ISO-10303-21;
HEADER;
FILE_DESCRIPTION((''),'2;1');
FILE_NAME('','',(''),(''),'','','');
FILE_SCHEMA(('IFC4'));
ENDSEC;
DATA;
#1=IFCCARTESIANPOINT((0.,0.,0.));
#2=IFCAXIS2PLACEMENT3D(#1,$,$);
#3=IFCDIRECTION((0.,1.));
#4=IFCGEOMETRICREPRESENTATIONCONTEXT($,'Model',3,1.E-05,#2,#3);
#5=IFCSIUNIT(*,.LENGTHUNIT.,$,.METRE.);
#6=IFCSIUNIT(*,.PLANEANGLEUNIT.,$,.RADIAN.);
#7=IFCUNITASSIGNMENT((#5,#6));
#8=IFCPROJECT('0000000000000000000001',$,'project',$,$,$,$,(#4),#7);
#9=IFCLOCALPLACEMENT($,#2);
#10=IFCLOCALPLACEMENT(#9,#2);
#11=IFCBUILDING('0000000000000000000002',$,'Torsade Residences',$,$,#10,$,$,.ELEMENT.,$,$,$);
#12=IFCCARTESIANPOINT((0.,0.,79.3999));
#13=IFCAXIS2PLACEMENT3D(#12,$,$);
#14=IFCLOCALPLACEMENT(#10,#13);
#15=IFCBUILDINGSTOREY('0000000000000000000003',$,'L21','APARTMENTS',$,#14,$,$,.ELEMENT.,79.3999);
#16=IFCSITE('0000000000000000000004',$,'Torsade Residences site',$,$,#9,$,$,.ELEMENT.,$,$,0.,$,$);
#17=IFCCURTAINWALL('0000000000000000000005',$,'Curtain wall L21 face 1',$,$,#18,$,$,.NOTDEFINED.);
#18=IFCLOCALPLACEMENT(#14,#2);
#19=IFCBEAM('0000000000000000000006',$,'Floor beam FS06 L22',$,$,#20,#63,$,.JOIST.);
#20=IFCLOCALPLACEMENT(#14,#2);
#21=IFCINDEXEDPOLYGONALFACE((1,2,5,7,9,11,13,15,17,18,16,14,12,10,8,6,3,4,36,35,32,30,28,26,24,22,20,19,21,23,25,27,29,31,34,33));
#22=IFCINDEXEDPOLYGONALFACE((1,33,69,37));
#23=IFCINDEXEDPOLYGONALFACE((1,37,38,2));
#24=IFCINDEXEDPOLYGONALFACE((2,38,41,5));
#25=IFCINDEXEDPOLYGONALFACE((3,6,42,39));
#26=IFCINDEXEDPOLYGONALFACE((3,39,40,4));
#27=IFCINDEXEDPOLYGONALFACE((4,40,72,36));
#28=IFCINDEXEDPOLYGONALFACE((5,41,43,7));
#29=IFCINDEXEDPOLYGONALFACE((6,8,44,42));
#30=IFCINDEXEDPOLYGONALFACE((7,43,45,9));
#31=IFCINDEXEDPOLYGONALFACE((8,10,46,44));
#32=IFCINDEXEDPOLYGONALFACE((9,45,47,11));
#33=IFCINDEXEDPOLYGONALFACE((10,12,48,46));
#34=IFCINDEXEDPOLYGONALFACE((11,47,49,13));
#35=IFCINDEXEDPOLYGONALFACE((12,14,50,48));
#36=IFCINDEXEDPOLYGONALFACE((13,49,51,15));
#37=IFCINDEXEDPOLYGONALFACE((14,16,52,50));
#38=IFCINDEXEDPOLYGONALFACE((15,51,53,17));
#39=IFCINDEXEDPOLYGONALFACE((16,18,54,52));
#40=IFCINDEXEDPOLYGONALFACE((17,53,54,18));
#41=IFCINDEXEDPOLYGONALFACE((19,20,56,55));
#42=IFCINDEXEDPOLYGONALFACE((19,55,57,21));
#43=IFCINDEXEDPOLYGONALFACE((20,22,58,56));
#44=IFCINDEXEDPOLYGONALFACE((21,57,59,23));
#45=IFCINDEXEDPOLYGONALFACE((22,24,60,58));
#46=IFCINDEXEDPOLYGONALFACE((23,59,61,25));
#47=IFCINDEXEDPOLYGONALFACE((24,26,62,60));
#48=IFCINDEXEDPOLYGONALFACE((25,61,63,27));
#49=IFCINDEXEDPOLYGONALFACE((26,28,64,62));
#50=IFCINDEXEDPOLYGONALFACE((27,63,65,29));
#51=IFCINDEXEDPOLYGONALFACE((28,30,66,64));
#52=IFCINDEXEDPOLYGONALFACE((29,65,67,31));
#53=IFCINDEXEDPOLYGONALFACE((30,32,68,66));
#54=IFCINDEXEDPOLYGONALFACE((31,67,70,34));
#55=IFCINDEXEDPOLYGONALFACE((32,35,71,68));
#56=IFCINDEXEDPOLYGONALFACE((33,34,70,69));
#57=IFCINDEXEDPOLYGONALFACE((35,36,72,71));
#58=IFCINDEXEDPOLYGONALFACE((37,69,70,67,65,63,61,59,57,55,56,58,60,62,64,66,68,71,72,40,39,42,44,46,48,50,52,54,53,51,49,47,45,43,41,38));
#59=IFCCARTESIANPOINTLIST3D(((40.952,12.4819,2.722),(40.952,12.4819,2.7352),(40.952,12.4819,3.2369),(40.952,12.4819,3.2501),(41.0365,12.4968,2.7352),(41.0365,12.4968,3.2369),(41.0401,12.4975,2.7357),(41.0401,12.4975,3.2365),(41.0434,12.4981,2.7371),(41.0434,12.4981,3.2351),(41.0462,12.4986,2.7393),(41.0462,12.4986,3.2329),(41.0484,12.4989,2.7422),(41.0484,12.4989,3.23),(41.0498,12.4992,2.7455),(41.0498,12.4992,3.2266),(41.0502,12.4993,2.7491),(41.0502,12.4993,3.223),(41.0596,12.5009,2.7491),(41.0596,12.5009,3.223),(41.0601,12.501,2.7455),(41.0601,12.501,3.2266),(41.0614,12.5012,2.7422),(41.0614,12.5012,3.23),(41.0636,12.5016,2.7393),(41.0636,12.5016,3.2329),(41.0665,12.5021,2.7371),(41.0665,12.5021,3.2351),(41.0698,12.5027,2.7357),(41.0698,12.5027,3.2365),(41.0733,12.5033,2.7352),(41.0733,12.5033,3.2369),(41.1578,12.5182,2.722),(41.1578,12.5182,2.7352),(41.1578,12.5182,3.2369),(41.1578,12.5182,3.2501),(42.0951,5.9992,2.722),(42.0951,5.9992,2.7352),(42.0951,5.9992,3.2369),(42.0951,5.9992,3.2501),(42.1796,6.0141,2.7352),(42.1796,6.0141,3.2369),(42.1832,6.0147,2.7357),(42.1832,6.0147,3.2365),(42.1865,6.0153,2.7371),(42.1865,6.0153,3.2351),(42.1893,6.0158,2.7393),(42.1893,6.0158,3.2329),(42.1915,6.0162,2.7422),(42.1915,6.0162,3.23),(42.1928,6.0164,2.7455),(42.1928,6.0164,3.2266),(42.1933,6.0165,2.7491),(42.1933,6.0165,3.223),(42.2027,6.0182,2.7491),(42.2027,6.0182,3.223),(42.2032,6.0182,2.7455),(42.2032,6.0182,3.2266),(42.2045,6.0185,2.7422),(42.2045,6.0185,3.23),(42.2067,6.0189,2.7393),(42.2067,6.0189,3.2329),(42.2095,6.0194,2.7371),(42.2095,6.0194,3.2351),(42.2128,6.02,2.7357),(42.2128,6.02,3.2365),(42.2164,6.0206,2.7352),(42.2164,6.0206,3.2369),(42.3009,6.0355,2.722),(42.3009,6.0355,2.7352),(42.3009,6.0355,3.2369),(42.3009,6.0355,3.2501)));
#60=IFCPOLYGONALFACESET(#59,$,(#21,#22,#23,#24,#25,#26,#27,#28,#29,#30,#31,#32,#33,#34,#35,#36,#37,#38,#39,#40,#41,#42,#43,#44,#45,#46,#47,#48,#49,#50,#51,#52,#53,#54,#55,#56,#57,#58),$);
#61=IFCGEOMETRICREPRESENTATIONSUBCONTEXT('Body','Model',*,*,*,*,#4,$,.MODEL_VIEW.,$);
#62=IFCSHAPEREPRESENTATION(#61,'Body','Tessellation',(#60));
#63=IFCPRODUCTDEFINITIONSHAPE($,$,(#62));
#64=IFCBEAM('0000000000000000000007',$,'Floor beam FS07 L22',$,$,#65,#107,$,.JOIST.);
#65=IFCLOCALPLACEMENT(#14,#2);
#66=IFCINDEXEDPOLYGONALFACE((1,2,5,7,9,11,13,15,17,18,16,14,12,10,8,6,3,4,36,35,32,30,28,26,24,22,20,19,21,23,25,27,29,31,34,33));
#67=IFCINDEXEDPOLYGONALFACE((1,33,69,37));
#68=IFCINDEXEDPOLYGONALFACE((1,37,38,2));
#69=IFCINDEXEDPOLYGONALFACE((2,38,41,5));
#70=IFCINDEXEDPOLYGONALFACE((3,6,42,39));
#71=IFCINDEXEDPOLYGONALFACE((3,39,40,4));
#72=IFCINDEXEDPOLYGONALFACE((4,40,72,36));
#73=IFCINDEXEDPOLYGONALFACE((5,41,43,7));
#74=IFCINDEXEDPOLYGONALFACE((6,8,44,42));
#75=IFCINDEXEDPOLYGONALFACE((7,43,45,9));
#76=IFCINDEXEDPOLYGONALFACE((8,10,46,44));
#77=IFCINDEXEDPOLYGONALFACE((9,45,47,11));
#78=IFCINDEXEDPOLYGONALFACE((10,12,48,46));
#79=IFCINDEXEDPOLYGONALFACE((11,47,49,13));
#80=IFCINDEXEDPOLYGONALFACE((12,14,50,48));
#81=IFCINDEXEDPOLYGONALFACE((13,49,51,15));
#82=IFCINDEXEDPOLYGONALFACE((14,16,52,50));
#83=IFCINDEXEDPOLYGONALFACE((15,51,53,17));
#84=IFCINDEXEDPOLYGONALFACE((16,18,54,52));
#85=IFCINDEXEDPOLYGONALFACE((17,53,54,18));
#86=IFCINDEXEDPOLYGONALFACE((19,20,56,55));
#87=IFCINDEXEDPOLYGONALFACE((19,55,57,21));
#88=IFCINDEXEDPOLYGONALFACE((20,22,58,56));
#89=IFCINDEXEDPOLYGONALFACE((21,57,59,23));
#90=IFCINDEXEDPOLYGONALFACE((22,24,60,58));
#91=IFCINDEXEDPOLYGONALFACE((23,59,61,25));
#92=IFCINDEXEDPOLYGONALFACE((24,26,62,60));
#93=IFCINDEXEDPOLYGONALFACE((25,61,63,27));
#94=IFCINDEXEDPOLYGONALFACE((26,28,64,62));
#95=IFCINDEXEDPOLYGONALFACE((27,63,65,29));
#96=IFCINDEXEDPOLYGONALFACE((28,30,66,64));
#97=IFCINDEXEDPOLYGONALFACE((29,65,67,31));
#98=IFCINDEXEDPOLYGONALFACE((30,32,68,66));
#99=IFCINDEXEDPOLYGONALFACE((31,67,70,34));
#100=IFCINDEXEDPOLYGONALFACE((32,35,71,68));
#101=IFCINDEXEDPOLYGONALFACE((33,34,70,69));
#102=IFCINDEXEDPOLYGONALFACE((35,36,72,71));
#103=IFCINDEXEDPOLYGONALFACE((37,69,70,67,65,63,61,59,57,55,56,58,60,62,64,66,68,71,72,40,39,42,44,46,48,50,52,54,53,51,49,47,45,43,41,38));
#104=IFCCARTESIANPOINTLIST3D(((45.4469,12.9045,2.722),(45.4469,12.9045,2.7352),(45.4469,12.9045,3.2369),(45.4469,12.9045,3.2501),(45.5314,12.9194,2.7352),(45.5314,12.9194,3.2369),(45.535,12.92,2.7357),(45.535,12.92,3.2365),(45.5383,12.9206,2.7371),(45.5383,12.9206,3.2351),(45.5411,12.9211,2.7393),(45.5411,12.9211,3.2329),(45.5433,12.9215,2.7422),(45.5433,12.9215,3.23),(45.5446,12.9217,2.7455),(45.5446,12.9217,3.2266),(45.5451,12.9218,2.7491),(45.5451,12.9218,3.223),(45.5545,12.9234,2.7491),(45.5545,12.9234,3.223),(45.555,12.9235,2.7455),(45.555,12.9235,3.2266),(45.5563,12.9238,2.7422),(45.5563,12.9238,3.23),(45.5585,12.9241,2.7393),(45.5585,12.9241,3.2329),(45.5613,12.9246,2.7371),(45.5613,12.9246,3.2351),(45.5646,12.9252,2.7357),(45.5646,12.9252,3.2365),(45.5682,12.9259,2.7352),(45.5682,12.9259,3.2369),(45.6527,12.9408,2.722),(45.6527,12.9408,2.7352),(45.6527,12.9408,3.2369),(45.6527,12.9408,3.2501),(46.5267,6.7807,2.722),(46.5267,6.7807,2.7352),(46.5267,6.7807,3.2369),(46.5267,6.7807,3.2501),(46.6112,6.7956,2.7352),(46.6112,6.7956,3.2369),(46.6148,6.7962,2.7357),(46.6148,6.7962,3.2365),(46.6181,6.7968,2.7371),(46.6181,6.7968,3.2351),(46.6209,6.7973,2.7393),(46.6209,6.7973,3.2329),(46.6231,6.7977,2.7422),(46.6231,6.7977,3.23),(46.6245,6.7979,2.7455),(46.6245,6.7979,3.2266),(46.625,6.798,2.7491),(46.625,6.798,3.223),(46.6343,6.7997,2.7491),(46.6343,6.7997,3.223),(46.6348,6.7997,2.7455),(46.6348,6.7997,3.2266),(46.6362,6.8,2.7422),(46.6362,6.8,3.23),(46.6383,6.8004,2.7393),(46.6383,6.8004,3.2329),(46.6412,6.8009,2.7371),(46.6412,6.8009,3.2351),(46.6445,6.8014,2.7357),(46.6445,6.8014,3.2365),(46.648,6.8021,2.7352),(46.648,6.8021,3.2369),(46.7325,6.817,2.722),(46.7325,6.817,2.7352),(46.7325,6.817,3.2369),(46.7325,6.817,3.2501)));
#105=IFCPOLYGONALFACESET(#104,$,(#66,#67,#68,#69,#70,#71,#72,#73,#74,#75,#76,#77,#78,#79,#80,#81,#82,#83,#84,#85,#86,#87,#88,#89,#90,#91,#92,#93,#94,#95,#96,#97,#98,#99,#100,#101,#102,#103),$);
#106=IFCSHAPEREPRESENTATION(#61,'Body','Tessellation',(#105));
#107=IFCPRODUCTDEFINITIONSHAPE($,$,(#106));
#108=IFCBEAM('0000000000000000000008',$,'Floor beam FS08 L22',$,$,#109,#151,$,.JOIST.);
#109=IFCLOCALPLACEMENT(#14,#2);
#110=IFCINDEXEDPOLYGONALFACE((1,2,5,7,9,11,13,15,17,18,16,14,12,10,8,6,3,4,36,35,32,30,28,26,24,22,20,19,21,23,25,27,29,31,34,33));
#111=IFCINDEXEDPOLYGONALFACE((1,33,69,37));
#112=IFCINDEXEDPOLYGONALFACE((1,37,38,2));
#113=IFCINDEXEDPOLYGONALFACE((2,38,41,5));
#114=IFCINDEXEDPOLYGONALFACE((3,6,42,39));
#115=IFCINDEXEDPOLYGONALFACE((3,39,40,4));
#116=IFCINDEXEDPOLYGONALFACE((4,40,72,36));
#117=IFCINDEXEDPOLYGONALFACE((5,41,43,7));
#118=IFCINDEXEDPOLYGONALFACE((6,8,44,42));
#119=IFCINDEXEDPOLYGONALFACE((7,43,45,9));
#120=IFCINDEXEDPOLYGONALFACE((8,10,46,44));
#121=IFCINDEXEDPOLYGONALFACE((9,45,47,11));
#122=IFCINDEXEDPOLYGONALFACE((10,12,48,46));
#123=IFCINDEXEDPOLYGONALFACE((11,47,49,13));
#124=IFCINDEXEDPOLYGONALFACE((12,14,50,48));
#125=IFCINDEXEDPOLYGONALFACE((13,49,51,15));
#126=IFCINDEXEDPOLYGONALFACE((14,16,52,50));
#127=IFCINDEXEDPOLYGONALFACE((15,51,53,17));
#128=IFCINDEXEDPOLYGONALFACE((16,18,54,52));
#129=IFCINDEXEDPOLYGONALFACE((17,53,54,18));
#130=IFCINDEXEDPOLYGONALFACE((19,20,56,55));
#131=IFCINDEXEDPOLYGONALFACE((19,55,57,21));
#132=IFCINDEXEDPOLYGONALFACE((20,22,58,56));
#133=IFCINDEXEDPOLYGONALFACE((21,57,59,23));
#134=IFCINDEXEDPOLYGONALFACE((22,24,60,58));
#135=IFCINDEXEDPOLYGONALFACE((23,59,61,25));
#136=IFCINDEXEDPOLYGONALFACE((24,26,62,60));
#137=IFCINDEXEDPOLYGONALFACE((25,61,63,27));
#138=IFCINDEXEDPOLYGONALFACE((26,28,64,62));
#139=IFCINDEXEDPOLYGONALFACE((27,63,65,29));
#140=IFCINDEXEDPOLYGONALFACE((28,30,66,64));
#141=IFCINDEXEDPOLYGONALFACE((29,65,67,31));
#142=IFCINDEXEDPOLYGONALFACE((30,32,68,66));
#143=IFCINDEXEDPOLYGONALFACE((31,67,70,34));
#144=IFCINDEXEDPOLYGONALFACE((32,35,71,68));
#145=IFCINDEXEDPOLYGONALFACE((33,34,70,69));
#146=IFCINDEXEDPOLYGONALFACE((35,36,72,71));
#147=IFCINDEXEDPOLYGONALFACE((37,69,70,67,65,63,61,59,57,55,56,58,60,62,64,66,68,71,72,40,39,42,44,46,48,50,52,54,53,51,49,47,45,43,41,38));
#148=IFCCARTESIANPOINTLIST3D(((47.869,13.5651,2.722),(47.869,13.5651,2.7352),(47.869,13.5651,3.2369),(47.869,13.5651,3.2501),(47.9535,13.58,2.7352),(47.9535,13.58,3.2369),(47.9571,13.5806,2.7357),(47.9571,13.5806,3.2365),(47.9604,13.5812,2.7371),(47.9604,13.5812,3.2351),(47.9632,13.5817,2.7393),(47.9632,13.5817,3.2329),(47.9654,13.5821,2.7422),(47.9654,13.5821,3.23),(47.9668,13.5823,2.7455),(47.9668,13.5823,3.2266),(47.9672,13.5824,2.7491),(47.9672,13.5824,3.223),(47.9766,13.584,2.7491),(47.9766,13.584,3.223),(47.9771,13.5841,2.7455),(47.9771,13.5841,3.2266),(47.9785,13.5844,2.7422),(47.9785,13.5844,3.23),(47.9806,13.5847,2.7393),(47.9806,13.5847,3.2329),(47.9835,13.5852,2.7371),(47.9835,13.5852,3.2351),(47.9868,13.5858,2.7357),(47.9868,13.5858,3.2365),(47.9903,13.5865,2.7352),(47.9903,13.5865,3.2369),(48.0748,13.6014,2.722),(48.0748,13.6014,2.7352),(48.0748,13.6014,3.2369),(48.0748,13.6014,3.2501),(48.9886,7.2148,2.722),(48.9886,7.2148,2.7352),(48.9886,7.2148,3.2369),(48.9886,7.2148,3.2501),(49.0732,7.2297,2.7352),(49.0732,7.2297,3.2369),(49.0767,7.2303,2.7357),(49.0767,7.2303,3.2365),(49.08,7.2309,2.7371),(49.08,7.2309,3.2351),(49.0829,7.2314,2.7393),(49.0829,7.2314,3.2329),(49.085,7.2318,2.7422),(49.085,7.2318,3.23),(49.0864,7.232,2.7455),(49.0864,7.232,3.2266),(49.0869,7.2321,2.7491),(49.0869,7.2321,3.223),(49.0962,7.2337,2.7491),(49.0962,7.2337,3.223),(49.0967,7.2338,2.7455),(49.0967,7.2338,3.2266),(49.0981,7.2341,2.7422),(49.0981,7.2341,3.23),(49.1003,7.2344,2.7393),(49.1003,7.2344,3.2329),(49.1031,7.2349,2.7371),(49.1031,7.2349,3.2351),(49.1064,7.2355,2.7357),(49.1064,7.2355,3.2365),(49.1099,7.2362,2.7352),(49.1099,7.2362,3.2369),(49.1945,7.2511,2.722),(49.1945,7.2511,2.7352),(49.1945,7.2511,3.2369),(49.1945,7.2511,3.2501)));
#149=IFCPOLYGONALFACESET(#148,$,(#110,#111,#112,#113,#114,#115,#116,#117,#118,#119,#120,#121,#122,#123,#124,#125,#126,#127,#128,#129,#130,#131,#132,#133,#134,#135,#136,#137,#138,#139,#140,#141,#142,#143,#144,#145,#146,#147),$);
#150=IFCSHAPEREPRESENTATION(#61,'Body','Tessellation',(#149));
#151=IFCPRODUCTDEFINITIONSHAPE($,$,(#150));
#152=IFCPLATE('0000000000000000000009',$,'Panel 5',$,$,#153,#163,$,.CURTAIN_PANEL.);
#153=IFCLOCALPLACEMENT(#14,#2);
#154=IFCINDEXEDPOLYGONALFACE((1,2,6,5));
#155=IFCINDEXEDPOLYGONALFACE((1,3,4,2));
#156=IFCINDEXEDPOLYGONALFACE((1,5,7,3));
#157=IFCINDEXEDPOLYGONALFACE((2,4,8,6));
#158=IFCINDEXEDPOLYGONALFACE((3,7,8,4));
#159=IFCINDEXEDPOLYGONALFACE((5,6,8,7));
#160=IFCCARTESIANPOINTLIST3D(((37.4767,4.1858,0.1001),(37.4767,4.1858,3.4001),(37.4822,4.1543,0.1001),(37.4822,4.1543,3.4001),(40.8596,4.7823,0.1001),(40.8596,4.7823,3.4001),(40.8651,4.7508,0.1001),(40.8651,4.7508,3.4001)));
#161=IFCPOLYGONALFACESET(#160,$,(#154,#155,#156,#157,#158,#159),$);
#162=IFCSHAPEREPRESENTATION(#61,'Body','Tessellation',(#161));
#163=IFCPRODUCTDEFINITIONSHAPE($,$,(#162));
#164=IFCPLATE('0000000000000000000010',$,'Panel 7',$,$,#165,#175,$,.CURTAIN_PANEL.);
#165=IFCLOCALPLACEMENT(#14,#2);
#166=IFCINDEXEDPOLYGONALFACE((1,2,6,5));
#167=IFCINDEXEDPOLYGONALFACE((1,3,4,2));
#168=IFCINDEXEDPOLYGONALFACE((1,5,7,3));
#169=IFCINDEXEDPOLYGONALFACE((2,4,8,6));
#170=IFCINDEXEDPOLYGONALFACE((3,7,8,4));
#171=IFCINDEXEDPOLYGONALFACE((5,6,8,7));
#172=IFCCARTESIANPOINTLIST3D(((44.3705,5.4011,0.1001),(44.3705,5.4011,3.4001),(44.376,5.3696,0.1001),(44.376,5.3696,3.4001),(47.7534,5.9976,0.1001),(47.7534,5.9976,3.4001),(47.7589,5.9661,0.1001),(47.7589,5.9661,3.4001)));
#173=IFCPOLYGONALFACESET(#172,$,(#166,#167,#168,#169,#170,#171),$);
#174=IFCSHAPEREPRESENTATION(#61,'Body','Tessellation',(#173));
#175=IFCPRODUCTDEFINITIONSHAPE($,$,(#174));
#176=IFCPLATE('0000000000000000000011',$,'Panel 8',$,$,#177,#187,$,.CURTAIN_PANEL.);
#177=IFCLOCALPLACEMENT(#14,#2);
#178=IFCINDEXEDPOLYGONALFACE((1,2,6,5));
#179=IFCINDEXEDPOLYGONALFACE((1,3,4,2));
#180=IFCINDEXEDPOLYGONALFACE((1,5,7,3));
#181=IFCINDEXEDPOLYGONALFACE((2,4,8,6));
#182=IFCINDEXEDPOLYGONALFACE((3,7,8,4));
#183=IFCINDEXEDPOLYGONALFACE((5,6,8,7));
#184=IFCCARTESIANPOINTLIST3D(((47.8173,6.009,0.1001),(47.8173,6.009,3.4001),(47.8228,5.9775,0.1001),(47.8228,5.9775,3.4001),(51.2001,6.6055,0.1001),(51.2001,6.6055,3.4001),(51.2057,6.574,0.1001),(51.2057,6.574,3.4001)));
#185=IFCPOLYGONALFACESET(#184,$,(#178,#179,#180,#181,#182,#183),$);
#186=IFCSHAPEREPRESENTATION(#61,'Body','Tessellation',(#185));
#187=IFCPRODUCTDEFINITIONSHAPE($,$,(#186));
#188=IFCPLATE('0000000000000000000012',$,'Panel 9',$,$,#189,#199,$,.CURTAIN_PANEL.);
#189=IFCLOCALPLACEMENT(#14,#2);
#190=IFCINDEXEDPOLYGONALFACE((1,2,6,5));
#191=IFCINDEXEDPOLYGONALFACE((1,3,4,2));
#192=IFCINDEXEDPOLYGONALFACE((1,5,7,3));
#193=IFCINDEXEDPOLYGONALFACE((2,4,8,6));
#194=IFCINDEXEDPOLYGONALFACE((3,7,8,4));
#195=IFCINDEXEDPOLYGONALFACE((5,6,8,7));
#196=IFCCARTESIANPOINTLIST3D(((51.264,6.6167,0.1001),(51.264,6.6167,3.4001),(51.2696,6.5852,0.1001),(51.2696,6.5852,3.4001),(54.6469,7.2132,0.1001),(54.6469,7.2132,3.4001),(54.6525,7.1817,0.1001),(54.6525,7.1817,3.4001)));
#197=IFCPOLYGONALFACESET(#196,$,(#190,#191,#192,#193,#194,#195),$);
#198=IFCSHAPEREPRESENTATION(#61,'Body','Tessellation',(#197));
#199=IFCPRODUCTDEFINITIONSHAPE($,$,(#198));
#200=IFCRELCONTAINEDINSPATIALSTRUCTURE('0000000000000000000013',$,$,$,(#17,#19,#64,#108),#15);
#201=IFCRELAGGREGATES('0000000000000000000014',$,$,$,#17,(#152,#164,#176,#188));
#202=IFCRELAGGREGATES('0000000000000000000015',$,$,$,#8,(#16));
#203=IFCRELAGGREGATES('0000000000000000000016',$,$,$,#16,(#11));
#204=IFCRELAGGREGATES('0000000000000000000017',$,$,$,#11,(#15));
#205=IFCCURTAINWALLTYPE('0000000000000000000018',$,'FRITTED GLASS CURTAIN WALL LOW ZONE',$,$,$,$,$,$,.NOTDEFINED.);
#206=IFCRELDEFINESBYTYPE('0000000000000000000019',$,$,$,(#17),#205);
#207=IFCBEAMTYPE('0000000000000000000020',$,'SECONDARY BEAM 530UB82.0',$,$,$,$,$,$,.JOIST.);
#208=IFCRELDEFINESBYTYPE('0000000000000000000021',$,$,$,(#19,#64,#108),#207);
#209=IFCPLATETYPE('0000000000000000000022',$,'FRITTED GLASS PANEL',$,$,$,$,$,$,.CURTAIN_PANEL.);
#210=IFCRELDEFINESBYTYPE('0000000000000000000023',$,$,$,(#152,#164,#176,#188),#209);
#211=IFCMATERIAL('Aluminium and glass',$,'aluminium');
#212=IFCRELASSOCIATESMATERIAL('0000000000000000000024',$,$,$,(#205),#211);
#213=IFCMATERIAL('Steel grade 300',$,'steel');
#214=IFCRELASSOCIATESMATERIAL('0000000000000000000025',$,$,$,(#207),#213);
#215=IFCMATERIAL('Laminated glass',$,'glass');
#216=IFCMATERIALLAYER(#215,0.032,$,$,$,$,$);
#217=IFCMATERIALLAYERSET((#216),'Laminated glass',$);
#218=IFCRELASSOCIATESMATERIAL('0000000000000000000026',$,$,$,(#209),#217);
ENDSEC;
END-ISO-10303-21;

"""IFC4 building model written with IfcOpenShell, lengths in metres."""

from ifc_helpers import new_model, si_unit, direction, frame, origin, origin_2d, place, context, subcontext, project, spatial, rectangle, i_section, extrude, material, layer, layer_set, material_profile, profile_set, type_object, element, aggregate, save


model = new_model("IFC4")

# Units and contexts
model_context = context("Model", 3, precision=1e-05, world=origin(), true_north=direction((0.0, 1.0)))
body_context = subcontext(model_context, "Body", "Model", "MODEL_VIEW")
ifc_project = project(units=[si_unit("LENGTHUNIT", "METRE"), si_unit("PLANEANGLEUNIT", "RADIAN")], contexts=[model_context])

# Site, building, storey
site_placement = place(None, origin())
site = spatial("IfcSite", under=ifc_project, at=site_placement, Name="Torsade Residences site", CompositionType="ELEMENT", RefElevation=0.0)
building_placement = place(site_placement, origin())
building = spatial("IfcBuilding", under=site, at=building_placement, Name="Torsade Residences", CompositionType="ELEMENT")
storey_placement = place(building_placement, frame((0.0, 0.0, 79.3999)))
storey = spatial("IfcBuildingStorey", under=building, at=storey_placement, Name="L21", Description="APARTMENTS", CompositionType="ELEMENT", Elevation=79.3999)

# Curtain wall
ifc_material_1 = material(Name="Aluminium and glass", Category="aluminium")
curtain_wall_type = type_object("IfcCurtainWallType", Name="FRITTED GLASS CURTAIN WALL LOW ZONE", PredefinedType="NOTDEFINED", material=ifc_material_1)
curtain_wall_placement = place(storey_placement, origin())
curtain_wall = element("IfcCurtainWall", 1, at=curtain_wall_placement, inside=storey, type_object=curtain_wall_type, Name="Curtain wall L21 face 1", PredefinedType="NOTDEFINED")

# Beams
ifc_material_2 = material(Name="Steel grade 300", Category="steel")
ifc_material_profile_1 = material_profile(ifc_material_2, i_section(OverallWidth=0.209, OverallDepth=0.5281, WebThickness=0.0095, FlangeThickness=0.0132, FilletRadius=0.0139, at=origin_2d()), Name="530UB82.0")
ifc_profile_set_1 = profile_set([ifc_material_profile_1], Name="Steel grade 300")
beam_type_1 = type_object("IfcBeamType", Name="SECONDARY BEAM 530UB82.0", PredefinedType="JOIST", material=ifc_profile_set_1)
beam_1_placement = place(storey_placement, frame((42.198, 6.0173, 2.9861), z_axis=(-0.173648, 0.984808, 0.0), x_axis=(-0.984808, -0.173648, 0.0)))
element("IfcBeam", 2, at=beam_1_placement, inside=storey, type_object=beam_type_1, Name="Floor beam FS06 L22", PredefinedType="JOIST", context=body_context, shape_type="SweptSolid", body=[
    extrude(i_section(OverallWidth=0.209, OverallDepth=0.5281, WebThickness=0.0095, FlangeThickness=0.0132, FilletRadius=0.0139, at=origin_2d()), origin(), (0.0, 0.0, 1.0), 6.5828),
])
beam_2_placement = place(storey_placement, frame((46.6296, 6.7988, 2.9861), z_axis=(-0.173655, 0.984806, 0.0), x_axis=(-0.984806, -0.173655, 0.0)))
element("IfcBeam", 3, at=beam_2_placement, inside=storey, type_object=beam_type_1, Name="Floor beam FS07 L22", PredefinedType="JOIST", context=body_context, shape_type="SweptSolid", body=[
    extrude(i_section(OverallWidth=0.209, OverallDepth=0.5281, WebThickness=0.0095, FlangeThickness=0.0132, FilletRadius=0.0139, at=origin_2d()), origin(), (0.0, 0.0, 1.0), 6.2183),
])
beam_3_placement = place(storey_placement, frame((49.0916, 7.2329, 2.9861), z_axis=(-0.173632, 0.984811, 0.0), x_axis=(-0.984811, -0.173632, 0.0)))
element("IfcBeam", 4, at=beam_3_placement, inside=storey, type_object=beam_type_1, Name="Floor beam FS08 L22", PredefinedType="JOIST", context=body_context, shape_type="SweptSolid", body=[
    extrude(i_section(OverallWidth=0.209, OverallDepth=0.5281, WebThickness=0.0095, FlangeThickness=0.0132, FilletRadius=0.0139, at=origin_2d()), origin(), (0.0, 0.0, 1.0), 6.4482),
])

# Plates
ifc_material_3 = material(Name="Laminated glass", Category="glass")
ifc_layer_1 = layer(ifc_material_3, 0.032)
ifc_layer_set_1 = layer_set([ifc_layer_1], Name="Laminated glass")
plate_type_1 = type_object("IfcPlateType", Name="FRITTED GLASS PANEL", PredefinedType="CURTAIN_PANEL", material=ifc_layer_set_1)
plate_1_placement = place(storey_placement, frame((39.1709, 4.4683, 0.1001), z_axis=(0.0, 0.0, 1.0), x_axis=(0.984808, 0.173648, 0.0)))
plate_1 = element("IfcPlate", 5, at=plate_1_placement, type_object=plate_type_1, Name="Panel 5", PredefinedType="CURTAIN_PANEL", context=body_context, shape_type="SweptSolid", body=[
    extrude(rectangle(XDim=3.4351, YDim=0.032, at=origin_2d()), origin(), (0.0, 0.0, 1.0), 3.3),
])
plate_2_placement = place(storey_placement, frame((46.0647, 5.6836, 0.1001), z_axis=(0.0, 0.0, 1.0), x_axis=(0.984808, 0.173648, 0.0)))
plate_2 = element("IfcPlate", 6, at=plate_2_placement, type_object=plate_type_1, Name="Panel 7", PredefinedType="CURTAIN_PANEL", context=body_context, shape_type="SweptSolid", body=[
    extrude(rectangle(XDim=3.4351, YDim=0.032, at=origin_2d()), origin(), (0.0, 0.0, 1.0), 3.3),
])
plate_3_placement = place(storey_placement, frame((49.5115, 6.2915, 0.1001), z_axis=(0.0, 0.0, 1.0), x_axis=(0.984808, 0.173648, 0.0)))
plate_3 = element("IfcPlate", 7, at=plate_3_placement, type_object=plate_type_1, Name="Panel 8", PredefinedType="CURTAIN_PANEL", context=body_context, shape_type="SweptSolid", body=[
    extrude(rectangle(XDim=3.4351, YDim=0.032, at=origin_2d()), origin(), (0.0, 0.0, 1.0), 3.3),
])
plate_4_placement = place(storey_placement, frame((52.9583, 6.8992, 0.1001), z_axis=(0.0, 0.0, 1.0), x_axis=(0.984808, 0.173648, 0.0)))
plate_4 = element("IfcPlate", 8, at=plate_4_placement, type_object=plate_type_1, Name="Panel 9", PredefinedType="CURTAIN_PANEL", context=body_context, shape_type="SweptSolid", body=[
    extrude(rectangle(XDim=3.4351, YDim=0.032, at=origin_2d()), origin(), (0.0, 0.0, 1.0), 3.3),
])
aggregate(curtain_wall, [plate_1, plate_2, plate_3, plate_4])

save(model, "model.ifc")
